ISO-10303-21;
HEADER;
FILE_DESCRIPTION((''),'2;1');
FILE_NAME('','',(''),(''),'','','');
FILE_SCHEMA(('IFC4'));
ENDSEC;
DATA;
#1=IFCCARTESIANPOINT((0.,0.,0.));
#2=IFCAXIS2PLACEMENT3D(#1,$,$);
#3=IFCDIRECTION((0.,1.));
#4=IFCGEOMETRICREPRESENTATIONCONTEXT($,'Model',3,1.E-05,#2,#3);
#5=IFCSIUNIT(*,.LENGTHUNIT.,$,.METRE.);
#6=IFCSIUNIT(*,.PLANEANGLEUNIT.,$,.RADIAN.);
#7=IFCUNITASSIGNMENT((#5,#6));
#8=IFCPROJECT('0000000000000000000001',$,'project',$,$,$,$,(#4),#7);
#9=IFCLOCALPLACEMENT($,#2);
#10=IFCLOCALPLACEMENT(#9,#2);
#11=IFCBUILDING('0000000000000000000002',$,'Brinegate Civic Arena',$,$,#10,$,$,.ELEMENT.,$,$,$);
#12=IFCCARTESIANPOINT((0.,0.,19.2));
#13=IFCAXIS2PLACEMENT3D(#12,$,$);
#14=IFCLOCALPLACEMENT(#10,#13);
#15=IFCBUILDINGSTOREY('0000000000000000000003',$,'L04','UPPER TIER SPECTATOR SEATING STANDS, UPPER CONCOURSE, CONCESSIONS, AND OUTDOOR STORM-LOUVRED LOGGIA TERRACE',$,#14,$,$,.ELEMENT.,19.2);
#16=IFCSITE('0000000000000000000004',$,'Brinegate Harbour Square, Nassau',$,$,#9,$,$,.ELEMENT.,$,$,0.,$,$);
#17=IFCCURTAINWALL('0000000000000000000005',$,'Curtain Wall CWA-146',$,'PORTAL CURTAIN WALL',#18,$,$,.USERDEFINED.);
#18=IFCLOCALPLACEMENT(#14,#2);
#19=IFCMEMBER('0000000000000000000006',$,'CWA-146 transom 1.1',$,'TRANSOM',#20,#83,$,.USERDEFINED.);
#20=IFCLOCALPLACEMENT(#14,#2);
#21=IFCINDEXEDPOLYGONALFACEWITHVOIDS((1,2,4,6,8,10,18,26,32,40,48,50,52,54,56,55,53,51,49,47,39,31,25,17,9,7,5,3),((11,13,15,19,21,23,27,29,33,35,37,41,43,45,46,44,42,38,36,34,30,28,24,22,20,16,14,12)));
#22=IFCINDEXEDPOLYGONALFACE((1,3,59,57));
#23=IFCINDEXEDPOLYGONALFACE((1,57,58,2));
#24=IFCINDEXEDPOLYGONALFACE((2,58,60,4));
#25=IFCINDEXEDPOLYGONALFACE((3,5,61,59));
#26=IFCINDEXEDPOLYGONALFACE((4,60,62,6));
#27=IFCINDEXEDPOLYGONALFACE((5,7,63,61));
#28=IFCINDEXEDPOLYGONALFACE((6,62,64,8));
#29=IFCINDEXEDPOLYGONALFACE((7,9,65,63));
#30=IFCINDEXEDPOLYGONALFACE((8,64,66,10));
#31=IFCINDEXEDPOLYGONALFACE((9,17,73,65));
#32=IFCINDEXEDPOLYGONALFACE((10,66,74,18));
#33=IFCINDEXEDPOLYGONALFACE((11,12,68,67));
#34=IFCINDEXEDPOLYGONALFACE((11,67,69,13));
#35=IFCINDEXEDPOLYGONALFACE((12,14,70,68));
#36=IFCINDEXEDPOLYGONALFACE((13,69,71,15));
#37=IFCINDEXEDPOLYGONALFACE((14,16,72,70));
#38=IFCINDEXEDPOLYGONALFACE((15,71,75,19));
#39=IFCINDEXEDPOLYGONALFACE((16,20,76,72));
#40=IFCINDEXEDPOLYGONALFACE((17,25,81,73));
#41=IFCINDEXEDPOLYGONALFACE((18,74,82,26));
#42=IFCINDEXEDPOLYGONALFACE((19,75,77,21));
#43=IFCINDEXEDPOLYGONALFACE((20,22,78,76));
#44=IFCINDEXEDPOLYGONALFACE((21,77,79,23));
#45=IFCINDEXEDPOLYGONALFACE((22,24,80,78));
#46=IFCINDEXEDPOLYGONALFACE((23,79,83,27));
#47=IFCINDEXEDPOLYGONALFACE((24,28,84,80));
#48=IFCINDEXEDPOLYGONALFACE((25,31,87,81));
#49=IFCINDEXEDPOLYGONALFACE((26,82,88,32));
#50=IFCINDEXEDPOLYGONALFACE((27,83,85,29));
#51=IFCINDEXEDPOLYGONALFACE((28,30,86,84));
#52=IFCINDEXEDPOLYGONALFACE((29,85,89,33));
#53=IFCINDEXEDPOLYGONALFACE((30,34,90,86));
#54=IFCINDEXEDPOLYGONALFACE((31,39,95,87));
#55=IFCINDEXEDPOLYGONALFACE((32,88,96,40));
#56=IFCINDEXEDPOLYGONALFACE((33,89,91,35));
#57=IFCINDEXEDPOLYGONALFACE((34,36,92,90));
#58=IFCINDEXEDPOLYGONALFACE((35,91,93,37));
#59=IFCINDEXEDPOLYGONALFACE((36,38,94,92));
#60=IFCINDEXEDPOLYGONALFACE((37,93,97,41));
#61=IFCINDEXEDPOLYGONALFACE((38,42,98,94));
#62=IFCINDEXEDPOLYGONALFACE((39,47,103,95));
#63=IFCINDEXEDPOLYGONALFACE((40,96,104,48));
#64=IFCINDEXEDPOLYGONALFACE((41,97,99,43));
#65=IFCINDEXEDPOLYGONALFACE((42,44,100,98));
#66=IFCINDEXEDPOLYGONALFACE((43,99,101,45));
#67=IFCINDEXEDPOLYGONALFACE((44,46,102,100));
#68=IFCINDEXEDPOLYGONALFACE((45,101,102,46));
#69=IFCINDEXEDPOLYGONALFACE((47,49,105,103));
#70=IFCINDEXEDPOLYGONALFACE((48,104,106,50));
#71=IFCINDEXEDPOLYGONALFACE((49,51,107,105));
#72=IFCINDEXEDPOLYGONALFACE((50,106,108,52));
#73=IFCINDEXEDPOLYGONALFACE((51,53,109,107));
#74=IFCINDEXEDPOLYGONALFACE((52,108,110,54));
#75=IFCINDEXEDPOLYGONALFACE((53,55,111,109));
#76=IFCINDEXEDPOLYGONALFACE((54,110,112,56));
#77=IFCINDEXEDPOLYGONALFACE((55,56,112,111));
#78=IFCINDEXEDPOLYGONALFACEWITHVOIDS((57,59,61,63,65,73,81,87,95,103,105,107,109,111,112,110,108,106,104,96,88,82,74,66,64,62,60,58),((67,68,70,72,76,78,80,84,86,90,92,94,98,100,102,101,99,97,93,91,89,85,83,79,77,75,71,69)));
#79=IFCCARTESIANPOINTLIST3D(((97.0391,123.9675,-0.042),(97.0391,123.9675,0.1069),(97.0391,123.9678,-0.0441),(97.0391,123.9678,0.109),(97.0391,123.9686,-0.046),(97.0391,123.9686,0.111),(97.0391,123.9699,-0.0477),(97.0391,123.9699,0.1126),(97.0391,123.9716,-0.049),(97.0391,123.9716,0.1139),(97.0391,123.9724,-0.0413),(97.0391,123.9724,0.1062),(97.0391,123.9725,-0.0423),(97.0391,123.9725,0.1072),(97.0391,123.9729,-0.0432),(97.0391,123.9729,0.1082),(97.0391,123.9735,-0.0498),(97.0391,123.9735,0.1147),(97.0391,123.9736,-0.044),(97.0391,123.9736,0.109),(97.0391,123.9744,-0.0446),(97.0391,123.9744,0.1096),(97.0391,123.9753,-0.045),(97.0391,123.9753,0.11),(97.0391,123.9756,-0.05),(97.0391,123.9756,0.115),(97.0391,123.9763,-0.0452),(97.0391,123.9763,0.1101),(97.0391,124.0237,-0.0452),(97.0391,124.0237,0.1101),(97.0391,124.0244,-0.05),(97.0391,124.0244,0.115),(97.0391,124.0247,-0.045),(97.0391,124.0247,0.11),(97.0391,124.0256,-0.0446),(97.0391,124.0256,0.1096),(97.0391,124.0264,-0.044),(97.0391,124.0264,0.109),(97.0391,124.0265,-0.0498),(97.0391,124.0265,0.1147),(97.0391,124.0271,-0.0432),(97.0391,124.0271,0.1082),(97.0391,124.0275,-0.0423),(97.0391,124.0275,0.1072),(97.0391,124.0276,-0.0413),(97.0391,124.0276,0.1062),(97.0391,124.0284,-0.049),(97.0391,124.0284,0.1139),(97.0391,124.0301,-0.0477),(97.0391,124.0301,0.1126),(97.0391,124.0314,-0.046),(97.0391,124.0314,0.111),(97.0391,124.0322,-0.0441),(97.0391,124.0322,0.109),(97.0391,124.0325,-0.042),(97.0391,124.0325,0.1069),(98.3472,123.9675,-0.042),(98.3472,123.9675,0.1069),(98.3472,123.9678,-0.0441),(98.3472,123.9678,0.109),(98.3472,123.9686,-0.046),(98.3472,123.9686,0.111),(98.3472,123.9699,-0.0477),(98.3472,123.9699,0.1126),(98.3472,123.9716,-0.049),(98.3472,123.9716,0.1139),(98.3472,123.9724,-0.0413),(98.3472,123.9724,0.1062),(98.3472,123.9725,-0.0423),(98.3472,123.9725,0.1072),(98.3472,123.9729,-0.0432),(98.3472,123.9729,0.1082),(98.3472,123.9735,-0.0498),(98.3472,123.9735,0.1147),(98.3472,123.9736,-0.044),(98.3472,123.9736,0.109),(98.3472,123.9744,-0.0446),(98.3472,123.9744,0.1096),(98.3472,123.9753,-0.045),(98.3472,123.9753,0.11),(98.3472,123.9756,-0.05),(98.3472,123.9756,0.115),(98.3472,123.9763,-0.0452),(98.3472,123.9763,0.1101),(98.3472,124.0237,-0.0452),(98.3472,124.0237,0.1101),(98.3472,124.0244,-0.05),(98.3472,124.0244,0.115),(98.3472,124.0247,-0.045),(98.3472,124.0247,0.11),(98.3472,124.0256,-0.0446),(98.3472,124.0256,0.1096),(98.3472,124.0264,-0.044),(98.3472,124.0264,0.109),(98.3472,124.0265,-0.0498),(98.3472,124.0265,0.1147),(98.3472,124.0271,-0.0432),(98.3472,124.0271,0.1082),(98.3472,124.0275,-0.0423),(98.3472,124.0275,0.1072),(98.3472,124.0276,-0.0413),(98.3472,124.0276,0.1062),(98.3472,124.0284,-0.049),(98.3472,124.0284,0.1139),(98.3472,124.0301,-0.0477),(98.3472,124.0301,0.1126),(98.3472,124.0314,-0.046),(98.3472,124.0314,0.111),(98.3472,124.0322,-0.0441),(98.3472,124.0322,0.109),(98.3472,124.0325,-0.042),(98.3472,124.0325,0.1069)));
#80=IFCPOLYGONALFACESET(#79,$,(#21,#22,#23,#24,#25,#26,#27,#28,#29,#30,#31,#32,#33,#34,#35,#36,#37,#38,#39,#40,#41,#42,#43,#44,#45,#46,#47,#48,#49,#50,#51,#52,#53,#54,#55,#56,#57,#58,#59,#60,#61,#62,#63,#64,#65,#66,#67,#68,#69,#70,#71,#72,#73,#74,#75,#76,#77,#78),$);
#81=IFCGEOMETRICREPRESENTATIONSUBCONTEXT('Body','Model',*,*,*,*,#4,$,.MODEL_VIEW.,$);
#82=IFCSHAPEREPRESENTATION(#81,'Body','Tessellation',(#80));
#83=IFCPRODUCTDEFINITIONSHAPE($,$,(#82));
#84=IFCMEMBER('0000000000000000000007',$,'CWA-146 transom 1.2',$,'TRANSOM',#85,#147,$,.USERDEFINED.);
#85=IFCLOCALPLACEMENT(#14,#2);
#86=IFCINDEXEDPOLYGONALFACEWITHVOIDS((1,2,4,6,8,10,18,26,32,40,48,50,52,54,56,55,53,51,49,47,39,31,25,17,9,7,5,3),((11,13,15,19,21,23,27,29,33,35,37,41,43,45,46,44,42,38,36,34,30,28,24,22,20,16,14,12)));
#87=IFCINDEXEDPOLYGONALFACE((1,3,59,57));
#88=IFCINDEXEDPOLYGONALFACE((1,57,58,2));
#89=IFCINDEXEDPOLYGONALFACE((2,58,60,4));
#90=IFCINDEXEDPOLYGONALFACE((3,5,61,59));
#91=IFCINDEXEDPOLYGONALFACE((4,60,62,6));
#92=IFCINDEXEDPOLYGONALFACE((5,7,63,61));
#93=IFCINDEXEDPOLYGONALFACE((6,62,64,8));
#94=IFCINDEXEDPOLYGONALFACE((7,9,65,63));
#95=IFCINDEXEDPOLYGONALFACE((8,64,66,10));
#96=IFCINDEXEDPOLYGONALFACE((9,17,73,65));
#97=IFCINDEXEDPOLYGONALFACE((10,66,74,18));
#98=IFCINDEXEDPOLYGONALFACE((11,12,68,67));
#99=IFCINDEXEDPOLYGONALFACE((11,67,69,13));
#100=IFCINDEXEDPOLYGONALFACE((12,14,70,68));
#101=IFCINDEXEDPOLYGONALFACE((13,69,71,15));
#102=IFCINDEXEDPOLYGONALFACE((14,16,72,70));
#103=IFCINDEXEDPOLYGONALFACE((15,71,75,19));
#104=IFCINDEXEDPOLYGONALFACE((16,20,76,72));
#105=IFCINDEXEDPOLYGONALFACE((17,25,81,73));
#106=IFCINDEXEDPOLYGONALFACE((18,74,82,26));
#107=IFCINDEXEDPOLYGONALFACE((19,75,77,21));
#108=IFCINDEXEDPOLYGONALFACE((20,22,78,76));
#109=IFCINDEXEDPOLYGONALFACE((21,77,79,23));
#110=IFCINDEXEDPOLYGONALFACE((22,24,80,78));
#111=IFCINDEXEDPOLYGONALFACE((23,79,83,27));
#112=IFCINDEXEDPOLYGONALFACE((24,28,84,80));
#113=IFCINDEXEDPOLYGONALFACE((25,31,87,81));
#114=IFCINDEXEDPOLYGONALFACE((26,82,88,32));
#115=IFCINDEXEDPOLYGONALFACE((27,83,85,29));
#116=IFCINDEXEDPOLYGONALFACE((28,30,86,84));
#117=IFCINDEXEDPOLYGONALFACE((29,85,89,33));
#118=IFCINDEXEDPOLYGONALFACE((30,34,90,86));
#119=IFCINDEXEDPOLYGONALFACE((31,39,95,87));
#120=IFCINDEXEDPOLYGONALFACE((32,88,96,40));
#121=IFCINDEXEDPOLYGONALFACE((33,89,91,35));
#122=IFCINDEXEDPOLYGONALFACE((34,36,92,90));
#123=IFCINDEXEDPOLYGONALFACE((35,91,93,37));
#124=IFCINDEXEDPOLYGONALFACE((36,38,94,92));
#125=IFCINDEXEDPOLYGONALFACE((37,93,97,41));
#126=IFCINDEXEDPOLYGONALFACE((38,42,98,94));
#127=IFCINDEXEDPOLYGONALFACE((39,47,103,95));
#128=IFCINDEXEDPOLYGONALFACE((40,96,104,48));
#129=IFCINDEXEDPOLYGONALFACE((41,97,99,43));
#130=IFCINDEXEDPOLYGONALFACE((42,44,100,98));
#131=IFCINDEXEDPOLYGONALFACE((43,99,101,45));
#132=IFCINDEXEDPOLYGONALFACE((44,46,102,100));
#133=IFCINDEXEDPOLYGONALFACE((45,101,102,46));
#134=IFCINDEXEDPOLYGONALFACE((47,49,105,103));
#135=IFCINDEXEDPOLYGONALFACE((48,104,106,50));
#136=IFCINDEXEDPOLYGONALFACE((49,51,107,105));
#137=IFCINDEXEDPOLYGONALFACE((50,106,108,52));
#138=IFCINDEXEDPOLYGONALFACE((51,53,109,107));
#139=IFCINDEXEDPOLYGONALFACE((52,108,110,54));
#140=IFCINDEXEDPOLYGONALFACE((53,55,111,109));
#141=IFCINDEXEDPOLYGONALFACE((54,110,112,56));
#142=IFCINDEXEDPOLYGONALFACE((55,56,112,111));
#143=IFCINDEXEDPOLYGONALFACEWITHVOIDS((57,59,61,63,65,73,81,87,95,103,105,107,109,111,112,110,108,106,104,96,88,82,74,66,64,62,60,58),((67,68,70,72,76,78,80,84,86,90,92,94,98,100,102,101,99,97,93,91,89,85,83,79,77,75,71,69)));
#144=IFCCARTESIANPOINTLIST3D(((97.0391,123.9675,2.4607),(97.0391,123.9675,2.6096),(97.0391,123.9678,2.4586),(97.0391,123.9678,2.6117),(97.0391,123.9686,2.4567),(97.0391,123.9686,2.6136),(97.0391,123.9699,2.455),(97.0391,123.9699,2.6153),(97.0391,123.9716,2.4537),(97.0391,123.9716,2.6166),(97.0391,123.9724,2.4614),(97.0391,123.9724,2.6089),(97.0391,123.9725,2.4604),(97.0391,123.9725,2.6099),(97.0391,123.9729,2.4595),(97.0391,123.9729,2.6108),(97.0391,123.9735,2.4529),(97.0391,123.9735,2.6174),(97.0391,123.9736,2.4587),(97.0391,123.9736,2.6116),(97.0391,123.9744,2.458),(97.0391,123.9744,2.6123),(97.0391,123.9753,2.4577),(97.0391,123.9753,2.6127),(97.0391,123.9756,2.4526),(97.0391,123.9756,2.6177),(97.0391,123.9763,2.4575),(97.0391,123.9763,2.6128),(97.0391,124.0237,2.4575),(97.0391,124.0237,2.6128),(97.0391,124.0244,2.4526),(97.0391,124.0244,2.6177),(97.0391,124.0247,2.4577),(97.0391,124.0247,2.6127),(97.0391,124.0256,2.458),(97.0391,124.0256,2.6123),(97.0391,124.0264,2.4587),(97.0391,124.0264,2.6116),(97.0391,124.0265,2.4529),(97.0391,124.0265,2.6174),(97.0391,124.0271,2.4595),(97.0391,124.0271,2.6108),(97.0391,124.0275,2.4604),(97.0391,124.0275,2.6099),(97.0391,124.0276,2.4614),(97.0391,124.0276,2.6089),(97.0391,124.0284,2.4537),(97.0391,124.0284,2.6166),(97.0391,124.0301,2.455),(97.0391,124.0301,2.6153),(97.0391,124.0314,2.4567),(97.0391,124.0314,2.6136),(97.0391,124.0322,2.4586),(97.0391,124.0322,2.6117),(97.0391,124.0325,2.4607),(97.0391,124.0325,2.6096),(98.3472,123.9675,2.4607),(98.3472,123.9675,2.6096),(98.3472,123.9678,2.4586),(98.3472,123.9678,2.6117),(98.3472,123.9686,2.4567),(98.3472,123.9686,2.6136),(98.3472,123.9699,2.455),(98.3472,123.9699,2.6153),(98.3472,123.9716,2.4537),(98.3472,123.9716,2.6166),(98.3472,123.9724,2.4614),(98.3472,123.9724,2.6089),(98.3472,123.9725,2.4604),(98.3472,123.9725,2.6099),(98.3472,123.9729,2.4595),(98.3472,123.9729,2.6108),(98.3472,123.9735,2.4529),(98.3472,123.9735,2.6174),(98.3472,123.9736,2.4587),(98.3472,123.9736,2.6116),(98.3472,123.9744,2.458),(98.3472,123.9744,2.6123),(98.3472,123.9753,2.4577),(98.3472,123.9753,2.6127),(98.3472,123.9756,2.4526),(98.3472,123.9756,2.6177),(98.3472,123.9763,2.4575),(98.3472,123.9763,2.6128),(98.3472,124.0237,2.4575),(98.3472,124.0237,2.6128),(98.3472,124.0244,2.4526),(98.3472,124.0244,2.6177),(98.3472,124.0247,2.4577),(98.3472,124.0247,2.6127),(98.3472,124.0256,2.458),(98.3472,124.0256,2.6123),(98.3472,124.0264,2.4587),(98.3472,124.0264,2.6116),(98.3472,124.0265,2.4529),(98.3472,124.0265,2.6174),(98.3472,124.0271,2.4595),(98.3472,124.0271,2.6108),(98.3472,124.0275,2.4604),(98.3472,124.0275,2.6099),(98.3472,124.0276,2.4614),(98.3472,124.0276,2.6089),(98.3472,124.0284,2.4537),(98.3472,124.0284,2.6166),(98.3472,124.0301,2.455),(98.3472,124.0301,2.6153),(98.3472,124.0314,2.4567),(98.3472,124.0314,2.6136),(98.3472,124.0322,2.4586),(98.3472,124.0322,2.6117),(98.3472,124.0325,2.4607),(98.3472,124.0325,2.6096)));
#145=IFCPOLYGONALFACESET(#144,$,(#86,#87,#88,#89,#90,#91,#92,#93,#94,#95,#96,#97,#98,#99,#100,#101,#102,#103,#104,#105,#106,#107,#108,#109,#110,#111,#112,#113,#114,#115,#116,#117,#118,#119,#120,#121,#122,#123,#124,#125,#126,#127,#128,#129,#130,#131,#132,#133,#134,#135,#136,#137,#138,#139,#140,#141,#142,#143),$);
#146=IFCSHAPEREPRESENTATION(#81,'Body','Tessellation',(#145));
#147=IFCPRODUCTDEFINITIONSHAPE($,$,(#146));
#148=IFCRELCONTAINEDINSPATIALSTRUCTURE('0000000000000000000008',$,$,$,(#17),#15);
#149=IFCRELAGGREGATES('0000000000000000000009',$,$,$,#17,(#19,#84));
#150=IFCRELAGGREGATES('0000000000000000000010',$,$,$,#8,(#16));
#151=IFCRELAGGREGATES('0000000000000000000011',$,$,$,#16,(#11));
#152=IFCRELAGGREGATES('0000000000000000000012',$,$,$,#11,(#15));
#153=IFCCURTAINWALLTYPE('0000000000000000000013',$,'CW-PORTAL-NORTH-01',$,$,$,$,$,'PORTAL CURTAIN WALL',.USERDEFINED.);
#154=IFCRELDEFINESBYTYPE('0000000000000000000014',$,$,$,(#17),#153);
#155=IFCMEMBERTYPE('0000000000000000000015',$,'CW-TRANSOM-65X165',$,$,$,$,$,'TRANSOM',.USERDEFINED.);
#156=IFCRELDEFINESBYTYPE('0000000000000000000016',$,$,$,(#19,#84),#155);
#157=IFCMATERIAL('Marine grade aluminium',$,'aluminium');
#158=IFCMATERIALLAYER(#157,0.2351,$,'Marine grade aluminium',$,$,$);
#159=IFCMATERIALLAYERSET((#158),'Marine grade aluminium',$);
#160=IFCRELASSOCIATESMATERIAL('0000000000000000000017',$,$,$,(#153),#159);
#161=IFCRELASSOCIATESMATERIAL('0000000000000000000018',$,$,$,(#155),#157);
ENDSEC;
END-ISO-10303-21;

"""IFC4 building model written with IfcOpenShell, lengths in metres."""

from ifc_helpers import new_model, si_unit, direction, frame, origin, origin_2d, place, context, subcontext, project, spatial, hollow_rectangle, extrude, material, layer, layer_set, material_profile, profile_set, type_object, element, aggregate, save


model = new_model("IFC4")

# Units and contexts
model_context = context("Model", 3, precision=1e-05, world=origin(), true_north=direction((0.0, 1.0)))
body_context = subcontext(model_context, "Body", "Model", "MODEL_VIEW")
ifc_project = project(units=[si_unit("LENGTHUNIT", "METRE"), si_unit("PLANEANGLEUNIT", "RADIAN")], contexts=[model_context])

# Site, building, storey
site_placement = place(None, origin())
site = spatial("IfcSite", under=ifc_project, at=site_placement, Name="Brinegate Harbour Square, Nassau", CompositionType="ELEMENT", RefElevation=0.0)
building_placement = place(site_placement, origin())
building = spatial("IfcBuilding", under=site, at=building_placement, Name="Brinegate Civic Arena", CompositionType="ELEMENT")
storey_placement = place(building_placement, frame((0.0, 0.0, 19.2)))
storey = spatial("IfcBuildingStorey", under=building, at=storey_placement, Name="L04", Description="UPPER TIER SPECTATOR SEATING STANDS, UPPER CONCOURSE, CONCESSIONS, AND OUTDOOR STORM-LOUVRED LOGGIA TERRACE", CompositionType="ELEMENT", Elevation=19.2)

# Curtain wall
ifc_material_1 = material(Name="Marine grade aluminium", Category="aluminium")
ifc_layer_1 = layer(ifc_material_1, 0.2351, Name="Marine grade aluminium")
ifc_layer_set_1 = layer_set([ifc_layer_1], Name="Marine grade aluminium")
curtain_wall_type = type_object("IfcCurtainWallType", Name="CW-PORTAL-NORTH-01", ElementType="PORTAL CURTAIN WALL", PredefinedType="USERDEFINED", material=ifc_layer_set_1)
curtain_wall_1_placement = place(storey_placement, origin())
curtain_wall_1 = element("IfcCurtainWall", 1, at=curtain_wall_1_placement, inside=storey, type_object=curtain_wall_type, Name="Curtain Wall CWA-146", ObjectType="PORTAL CURTAIN WALL", PredefinedType="USERDEFINED")

# Members
ifc_material_profile_1 = material_profile(ifc_material_1, hollow_rectangle(XDim=0.0649, YDim=0.165, WallThickness=0.0049, InnerFilletRadius=0.0039, OuterFilletRadius=0.0081, at=origin_2d()), Name="TRN65X165")
ifc_profile_set_1 = profile_set([ifc_material_profile_1], Name="Marine grade aluminium")
member_type_1 = type_object("IfcMemberType", Name="CW-TRANSOM-65X165", ElementType="TRANSOM", PredefinedType="USERDEFINED", material=ifc_profile_set_1)
member_1_placement = place(storey_placement, frame((97.0391, 124.0, 0.0325), z_axis=(1.0, 0.0, 0.0), x_axis=(0.0, 1.0, 0.0)))
member_1 = element("IfcMember", 2, at=member_1_placement, type_object=member_type_1, Name="CWA-146 transom 1.1", ObjectType="TRANSOM", PredefinedType="USERDEFINED", context=body_context, shape_type="SweptSolid", body=[
    extrude(hollow_rectangle(XDim=0.0649, YDim=0.165, WallThickness=0.0049, InnerFilletRadius=0.0039, OuterFilletRadius=0.0081, at=origin_2d()), origin(), (0.0, 0.0, 1.0), 1.3081),
])
member_2_placement = place(storey_placement, frame((97.0391, 124.0, 2.5352), z_axis=(1.0, 0.0, 0.0), x_axis=(0.0, 1.0, 0.0)))
member_2 = element("IfcMember", 3, at=member_2_placement, type_object=member_type_1, Name="CWA-146 transom 1.2", ObjectType="TRANSOM", PredefinedType="USERDEFINED", context=body_context, shape_type="SweptSolid", body=[
    extrude(hollow_rectangle(XDim=0.0649, YDim=0.165, WallThickness=0.0049, InnerFilletRadius=0.0039, OuterFilletRadius=0.0081, at=origin_2d()), origin(), (0.0, 0.0, 1.0), 1.3081),
])

aggregate(curtain_wall_1, [member_1, member_2])

save(model, "model.ifc")
